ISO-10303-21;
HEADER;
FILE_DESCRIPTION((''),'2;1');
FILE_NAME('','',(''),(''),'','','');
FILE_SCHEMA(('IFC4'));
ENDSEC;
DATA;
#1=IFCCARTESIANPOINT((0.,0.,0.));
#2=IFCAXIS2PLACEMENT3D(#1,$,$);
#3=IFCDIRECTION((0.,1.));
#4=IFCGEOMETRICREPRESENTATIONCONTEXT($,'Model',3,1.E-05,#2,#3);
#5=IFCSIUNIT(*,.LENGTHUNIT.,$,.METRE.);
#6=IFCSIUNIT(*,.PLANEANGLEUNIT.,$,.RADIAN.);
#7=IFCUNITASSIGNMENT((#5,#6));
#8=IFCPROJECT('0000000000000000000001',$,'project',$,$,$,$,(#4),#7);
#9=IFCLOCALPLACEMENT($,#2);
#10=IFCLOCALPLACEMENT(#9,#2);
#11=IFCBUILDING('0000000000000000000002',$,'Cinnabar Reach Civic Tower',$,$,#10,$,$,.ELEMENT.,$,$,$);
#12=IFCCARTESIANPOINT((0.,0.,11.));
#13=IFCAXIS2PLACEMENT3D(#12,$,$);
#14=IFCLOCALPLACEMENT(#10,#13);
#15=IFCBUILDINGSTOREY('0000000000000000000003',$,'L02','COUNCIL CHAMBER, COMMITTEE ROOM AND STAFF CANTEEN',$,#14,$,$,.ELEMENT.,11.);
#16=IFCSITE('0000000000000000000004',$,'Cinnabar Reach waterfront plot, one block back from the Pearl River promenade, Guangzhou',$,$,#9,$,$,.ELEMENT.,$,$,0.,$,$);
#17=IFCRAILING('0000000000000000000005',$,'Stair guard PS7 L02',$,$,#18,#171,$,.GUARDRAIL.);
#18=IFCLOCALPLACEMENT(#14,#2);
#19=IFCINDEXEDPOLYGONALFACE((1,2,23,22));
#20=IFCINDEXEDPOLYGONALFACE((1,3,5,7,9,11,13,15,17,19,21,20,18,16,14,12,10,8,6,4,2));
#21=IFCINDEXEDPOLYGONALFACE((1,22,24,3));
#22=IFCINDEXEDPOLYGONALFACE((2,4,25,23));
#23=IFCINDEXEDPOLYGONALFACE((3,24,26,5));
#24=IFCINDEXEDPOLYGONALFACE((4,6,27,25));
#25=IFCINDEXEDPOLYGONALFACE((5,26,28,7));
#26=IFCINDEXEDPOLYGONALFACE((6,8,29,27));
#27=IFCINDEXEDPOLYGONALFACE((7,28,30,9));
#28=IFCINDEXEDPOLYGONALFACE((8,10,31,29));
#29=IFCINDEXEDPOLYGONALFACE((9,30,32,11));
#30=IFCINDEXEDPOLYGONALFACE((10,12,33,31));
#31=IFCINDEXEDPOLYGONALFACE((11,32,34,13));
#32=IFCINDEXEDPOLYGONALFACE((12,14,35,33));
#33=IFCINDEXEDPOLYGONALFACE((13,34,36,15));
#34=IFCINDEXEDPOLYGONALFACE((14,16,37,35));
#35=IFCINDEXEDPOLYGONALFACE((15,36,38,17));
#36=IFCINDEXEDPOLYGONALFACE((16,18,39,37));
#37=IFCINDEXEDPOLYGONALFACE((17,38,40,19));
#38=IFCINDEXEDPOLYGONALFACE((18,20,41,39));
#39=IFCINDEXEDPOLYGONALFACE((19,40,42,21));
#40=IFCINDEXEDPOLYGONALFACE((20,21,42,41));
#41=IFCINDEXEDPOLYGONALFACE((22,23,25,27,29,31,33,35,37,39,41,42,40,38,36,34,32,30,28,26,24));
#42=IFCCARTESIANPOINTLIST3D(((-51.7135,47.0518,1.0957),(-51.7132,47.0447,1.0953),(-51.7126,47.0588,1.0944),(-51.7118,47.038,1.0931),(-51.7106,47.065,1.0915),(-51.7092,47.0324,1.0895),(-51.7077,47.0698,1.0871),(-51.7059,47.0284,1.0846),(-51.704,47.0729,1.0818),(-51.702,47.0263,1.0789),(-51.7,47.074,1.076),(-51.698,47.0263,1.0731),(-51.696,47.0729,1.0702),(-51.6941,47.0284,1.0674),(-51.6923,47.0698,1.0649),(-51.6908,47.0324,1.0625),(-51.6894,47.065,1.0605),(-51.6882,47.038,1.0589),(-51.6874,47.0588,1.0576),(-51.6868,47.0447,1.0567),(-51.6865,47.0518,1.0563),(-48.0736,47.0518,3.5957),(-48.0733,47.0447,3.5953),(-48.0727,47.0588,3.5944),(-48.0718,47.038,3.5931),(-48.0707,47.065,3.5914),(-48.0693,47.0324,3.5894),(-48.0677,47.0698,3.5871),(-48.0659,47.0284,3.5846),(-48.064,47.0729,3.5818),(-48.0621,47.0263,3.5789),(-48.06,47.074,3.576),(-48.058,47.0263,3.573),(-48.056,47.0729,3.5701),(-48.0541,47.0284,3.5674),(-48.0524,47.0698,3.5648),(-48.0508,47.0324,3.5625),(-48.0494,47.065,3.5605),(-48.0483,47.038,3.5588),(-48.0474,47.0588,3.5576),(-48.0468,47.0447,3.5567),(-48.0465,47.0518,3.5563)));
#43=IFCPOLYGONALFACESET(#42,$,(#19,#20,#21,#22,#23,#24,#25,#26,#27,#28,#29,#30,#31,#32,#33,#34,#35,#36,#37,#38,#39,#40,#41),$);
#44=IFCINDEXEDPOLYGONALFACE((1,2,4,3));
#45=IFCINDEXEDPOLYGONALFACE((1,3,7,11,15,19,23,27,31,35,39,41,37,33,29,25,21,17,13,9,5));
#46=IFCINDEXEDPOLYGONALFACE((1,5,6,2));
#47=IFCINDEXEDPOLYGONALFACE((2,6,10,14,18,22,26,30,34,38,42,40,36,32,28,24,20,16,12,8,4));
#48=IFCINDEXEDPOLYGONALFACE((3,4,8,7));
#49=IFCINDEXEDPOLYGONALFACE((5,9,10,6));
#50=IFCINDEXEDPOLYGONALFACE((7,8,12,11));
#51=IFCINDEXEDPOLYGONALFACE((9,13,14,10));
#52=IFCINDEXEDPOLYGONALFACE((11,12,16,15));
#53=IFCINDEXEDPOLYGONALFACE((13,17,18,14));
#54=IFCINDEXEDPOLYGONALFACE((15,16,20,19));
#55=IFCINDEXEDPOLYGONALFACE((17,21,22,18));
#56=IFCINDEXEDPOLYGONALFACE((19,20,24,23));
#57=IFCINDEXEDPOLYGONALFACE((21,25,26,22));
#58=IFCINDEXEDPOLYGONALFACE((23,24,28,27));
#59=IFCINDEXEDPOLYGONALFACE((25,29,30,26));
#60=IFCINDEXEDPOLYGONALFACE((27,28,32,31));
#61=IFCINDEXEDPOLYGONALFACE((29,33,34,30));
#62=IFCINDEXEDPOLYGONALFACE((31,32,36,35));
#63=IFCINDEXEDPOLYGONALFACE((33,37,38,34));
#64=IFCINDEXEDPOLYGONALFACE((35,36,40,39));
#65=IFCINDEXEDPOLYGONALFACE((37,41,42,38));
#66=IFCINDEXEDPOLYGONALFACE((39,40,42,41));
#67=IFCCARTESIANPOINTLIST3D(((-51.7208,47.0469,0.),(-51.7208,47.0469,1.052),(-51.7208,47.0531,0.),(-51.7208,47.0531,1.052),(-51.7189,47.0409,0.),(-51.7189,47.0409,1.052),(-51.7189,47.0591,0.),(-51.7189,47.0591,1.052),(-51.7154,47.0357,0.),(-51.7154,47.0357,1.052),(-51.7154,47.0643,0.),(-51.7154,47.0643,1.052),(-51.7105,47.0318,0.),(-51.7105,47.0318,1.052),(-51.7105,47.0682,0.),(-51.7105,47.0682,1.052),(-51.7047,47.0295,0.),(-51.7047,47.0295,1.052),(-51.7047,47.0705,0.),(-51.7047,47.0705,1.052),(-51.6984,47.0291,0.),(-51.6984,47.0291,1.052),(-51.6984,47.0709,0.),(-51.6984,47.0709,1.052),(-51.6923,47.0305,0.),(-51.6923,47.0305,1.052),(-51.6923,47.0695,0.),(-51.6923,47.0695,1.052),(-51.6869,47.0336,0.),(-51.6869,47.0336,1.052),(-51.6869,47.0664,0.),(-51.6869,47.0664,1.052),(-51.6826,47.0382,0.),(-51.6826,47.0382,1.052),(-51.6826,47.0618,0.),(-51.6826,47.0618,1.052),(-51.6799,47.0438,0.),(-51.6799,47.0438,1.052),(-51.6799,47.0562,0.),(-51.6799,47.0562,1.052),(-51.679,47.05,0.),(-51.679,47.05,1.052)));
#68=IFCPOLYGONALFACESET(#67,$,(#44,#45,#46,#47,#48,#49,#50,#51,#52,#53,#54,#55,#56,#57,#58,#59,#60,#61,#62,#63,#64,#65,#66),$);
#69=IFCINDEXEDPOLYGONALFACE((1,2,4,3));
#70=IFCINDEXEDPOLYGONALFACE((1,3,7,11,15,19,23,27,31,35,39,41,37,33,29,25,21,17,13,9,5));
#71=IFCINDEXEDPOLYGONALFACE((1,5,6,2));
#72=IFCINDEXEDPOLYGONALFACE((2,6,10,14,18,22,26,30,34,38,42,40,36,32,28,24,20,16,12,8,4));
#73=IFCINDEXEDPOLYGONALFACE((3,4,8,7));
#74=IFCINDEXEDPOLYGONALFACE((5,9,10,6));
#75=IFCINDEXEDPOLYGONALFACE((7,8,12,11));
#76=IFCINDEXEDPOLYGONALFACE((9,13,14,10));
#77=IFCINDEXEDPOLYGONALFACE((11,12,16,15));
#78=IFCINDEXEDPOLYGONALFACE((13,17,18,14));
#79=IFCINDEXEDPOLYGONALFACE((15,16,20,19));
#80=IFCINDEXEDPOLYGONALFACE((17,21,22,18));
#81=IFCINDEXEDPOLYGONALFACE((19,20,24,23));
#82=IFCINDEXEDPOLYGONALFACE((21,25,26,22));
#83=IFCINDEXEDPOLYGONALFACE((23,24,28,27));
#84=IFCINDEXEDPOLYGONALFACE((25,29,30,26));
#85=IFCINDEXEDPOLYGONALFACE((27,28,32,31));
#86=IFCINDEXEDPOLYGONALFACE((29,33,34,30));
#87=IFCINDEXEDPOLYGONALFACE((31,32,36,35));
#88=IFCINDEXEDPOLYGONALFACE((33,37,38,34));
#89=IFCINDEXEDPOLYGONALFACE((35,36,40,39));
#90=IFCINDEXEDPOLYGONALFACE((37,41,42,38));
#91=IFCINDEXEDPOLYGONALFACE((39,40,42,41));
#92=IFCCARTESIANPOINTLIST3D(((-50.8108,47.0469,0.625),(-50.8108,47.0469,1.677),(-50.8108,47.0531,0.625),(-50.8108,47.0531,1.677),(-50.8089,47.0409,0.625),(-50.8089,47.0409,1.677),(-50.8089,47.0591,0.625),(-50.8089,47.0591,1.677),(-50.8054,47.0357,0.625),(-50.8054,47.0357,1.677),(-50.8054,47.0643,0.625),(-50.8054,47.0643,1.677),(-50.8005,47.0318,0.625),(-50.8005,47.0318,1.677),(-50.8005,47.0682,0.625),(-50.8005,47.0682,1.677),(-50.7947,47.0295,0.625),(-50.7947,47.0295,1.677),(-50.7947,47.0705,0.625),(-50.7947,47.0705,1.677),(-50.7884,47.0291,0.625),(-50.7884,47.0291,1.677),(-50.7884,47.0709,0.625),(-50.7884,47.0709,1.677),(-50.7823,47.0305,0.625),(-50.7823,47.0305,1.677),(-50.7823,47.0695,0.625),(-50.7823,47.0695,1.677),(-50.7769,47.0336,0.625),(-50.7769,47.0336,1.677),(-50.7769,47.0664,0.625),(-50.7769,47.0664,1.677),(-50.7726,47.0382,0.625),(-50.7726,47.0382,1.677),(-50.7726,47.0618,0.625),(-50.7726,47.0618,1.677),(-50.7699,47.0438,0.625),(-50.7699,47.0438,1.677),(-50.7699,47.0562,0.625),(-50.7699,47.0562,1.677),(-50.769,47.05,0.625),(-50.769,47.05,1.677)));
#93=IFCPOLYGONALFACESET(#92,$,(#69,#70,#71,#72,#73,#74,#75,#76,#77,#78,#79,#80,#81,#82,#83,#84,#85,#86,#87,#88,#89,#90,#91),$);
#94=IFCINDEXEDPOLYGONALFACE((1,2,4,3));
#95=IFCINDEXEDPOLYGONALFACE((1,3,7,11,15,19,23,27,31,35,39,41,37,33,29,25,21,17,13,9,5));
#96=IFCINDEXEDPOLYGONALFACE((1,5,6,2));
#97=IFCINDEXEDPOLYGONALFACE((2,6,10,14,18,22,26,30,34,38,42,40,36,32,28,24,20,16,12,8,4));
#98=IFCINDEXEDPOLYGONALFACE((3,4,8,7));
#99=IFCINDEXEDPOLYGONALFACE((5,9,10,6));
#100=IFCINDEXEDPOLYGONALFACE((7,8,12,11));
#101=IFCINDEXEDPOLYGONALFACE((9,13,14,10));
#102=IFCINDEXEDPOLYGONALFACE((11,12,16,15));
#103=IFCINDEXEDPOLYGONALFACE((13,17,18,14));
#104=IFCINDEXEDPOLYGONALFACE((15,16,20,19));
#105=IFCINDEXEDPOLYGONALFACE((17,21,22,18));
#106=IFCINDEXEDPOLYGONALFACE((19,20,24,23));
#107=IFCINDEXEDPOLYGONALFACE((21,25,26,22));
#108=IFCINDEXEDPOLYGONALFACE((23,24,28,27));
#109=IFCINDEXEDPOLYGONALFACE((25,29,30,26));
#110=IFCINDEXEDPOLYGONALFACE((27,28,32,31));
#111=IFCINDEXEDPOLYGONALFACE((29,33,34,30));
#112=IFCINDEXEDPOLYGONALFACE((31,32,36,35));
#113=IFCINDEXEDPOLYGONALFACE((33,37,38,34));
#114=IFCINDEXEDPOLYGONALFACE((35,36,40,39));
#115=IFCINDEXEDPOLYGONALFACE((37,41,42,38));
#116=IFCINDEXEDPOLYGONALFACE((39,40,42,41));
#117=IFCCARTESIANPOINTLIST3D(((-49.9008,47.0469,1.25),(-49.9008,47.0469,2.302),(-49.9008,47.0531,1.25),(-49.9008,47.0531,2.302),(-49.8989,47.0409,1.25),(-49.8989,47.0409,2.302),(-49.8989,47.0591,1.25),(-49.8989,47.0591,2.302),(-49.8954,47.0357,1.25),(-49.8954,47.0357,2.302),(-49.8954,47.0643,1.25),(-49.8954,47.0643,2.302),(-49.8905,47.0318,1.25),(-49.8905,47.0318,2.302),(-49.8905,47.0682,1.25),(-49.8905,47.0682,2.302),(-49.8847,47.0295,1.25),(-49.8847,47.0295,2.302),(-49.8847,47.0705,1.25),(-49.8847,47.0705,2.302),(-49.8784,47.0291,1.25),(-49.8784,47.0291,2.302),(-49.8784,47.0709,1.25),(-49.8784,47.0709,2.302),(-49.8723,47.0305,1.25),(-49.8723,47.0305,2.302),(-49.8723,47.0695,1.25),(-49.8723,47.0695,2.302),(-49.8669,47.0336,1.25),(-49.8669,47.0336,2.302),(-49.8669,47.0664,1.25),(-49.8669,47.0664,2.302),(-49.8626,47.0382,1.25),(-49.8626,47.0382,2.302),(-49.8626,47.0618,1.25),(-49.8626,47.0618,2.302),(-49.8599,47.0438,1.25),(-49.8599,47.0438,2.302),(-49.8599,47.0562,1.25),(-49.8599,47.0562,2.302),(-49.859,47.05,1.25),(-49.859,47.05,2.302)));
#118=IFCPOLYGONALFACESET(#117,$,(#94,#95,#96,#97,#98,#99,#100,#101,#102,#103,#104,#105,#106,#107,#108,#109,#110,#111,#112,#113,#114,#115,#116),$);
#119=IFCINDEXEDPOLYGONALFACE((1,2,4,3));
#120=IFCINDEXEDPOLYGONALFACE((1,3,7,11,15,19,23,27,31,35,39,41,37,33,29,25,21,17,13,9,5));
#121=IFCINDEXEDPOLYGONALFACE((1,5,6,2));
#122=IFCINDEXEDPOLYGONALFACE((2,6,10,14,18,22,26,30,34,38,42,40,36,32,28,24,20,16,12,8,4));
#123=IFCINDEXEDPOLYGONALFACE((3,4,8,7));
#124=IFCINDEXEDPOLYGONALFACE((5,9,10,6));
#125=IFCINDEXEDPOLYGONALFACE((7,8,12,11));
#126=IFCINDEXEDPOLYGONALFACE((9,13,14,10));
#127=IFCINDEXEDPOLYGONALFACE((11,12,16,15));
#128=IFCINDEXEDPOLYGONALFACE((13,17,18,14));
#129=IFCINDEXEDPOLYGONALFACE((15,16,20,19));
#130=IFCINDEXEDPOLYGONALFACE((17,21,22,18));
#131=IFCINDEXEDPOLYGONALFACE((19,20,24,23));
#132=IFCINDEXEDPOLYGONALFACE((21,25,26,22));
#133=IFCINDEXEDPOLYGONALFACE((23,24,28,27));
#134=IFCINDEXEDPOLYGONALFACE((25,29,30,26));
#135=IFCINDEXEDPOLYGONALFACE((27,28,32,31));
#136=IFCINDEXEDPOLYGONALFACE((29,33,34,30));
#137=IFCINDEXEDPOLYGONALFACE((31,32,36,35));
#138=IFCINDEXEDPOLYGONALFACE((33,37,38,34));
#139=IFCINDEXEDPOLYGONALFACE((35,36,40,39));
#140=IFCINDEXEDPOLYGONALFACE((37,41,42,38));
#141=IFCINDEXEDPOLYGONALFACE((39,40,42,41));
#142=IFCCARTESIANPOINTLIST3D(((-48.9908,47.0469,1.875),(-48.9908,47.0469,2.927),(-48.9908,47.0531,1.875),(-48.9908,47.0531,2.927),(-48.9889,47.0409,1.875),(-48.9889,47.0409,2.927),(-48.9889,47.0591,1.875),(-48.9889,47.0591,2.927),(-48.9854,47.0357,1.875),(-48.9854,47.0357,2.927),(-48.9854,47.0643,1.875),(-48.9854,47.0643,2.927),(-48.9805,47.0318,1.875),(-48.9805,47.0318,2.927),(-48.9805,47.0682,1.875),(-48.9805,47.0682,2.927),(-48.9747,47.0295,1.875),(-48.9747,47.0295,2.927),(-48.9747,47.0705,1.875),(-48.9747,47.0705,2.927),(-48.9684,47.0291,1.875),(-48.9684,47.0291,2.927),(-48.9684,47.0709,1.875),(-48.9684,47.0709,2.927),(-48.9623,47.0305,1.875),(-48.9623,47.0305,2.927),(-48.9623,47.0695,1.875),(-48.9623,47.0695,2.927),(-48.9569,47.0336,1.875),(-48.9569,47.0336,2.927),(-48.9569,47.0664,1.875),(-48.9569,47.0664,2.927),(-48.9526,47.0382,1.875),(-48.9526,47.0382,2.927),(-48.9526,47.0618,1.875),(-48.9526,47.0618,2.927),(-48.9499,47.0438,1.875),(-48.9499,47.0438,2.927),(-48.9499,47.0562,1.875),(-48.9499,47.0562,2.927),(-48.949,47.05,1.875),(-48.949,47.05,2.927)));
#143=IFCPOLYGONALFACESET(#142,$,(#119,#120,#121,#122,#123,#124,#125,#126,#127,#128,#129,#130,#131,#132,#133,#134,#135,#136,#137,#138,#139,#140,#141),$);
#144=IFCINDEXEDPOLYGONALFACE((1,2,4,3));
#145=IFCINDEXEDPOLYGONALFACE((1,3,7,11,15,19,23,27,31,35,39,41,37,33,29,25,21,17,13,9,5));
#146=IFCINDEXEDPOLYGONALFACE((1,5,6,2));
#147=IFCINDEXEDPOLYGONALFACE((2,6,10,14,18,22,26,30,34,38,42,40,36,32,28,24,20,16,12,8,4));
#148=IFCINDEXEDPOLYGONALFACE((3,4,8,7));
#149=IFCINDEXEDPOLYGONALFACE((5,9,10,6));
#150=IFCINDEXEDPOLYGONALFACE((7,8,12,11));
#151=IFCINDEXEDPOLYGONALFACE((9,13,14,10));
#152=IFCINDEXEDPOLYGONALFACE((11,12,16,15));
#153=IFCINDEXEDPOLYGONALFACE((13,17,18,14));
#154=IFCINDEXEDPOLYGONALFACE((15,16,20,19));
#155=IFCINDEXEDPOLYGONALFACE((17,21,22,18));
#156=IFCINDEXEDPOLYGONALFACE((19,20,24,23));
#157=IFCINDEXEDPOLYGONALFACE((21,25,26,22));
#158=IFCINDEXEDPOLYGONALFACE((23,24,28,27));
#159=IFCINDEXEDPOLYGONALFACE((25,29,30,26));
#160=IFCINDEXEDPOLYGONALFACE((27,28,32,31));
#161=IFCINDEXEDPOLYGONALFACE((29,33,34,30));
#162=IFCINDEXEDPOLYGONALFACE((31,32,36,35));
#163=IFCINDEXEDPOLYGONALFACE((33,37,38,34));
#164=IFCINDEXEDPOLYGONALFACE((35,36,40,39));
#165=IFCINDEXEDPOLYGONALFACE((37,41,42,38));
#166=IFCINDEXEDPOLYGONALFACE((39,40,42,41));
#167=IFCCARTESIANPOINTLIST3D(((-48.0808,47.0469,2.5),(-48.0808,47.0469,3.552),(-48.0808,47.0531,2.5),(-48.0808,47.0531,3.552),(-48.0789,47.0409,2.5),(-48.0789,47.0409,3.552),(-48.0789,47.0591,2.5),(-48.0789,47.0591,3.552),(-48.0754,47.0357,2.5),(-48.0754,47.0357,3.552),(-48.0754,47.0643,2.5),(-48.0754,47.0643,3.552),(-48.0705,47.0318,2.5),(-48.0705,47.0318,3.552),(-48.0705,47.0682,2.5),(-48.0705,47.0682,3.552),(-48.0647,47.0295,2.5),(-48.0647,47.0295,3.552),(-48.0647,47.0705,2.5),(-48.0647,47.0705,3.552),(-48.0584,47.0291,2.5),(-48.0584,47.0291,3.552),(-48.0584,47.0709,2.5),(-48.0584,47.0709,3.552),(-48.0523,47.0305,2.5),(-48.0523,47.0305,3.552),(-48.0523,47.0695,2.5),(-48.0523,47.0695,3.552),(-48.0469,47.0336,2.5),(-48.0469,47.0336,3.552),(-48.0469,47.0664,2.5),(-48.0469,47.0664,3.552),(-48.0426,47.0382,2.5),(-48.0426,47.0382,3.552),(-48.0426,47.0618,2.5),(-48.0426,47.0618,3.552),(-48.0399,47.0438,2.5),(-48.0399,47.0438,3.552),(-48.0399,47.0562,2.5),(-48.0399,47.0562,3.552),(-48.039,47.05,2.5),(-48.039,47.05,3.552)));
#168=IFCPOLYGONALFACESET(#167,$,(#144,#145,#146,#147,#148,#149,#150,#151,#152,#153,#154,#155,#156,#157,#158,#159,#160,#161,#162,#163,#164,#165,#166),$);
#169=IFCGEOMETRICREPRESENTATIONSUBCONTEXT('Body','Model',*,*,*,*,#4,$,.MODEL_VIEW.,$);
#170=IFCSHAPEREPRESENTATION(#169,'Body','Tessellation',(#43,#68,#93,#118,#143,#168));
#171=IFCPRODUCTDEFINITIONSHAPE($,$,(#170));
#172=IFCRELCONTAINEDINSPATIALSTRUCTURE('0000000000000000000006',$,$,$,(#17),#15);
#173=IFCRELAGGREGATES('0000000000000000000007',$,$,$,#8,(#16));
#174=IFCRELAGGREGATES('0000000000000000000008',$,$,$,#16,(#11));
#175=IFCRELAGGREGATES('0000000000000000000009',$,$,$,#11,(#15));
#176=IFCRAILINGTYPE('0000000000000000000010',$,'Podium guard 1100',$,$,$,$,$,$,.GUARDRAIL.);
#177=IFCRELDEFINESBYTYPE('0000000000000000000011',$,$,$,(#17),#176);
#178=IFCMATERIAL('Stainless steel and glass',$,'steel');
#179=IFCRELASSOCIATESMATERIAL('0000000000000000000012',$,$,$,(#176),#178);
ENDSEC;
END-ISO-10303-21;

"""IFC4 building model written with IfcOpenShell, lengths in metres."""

from ifc_helpers import new_model, si_unit, direction, frame, origin, origin_2d, place, context, subcontext, project, spatial, circle, extrude, material, type_object, element, save


model = new_model("IFC4")

# Units and contexts
model_context = context("Model", 3, precision=1e-05, world=origin(), true_north=direction((0.0, 1.0)))
body_context = subcontext(model_context, "Body", "Model", "MODEL_VIEW")
ifc_project = project(units=[si_unit("LENGTHUNIT", "METRE"), si_unit("PLANEANGLEUNIT", "RADIAN")], contexts=[model_context])

# Site, building, storey
site_placement = place(None, origin())
site = spatial("IfcSite", under=ifc_project, at=site_placement, Name="Cinnabar Reach waterfront plot, one block back from the Pearl River promenade, Guangzhou", CompositionType="ELEMENT", RefElevation=0.0)
building_placement = place(site_placement, origin())
building = spatial("IfcBuilding", under=site, at=building_placement, Name="Cinnabar Reach Civic Tower", CompositionType="ELEMENT")
storey_placement = place(building_placement, frame((0.0, 0.0, 11.0)))
storey = spatial("IfcBuildingStorey", under=building, at=storey_placement, Name="L02", Description="COUNCIL CHAMBER, COMMITTEE ROOM AND STAFF CANTEEN", CompositionType="ELEMENT", Elevation=11.0)

# Railing
ifc_material_1 = material(Name="Stainless steel and glass", Category="steel")
railing_type_1 = type_object("IfcRailingType", Name="Podium guard 1100", PredefinedType="GUARDRAIL", material=ifc_material_1)
railing_1_placement = place(storey_placement, frame((-51.7, 47.05, 0.0)))
element("IfcRailing", 1, at=railing_1_placement, inside=storey, type_object=railing_type_1, Name="Stair guard PS7 L02", PredefinedType="GUARDRAIL", context=body_context, shape_type="SweptSolid", body=[
    extrude(circle(Radius=0.024, at=origin_2d()), frame((0.0, 0.0, 1.076), z_axis=(0.824306, 0.0, 0.566144), x_axis=(0.0, 1.0, 0.0)), (0.0, 0.0, 1.0), 4.4158),
    extrude(circle(Radius=0.021, at=origin_2d()), origin(), (0.0, 0.0, 1.0), 1.052),
    extrude(circle(Radius=0.021, at=origin_2d()), frame((0.91, 0.0, 0.625)), (0.0, 0.0, 1.0), 1.052),
    extrude(circle(Radius=0.021, at=origin_2d()), frame((1.82, 0.0, 1.25)), (0.0, 0.0, 1.0), 1.052),
    extrude(circle(Radius=0.021, at=origin_2d()), frame((2.73, 0.0, 1.875)), (0.0, 0.0, 1.0), 1.052),
    extrude(circle(Radius=0.021, at=origin_2d()), frame((3.64, 0.0, 2.5)), (0.0, 0.0, 1.0), 1.052),
])

save(model, "model.ifc")
